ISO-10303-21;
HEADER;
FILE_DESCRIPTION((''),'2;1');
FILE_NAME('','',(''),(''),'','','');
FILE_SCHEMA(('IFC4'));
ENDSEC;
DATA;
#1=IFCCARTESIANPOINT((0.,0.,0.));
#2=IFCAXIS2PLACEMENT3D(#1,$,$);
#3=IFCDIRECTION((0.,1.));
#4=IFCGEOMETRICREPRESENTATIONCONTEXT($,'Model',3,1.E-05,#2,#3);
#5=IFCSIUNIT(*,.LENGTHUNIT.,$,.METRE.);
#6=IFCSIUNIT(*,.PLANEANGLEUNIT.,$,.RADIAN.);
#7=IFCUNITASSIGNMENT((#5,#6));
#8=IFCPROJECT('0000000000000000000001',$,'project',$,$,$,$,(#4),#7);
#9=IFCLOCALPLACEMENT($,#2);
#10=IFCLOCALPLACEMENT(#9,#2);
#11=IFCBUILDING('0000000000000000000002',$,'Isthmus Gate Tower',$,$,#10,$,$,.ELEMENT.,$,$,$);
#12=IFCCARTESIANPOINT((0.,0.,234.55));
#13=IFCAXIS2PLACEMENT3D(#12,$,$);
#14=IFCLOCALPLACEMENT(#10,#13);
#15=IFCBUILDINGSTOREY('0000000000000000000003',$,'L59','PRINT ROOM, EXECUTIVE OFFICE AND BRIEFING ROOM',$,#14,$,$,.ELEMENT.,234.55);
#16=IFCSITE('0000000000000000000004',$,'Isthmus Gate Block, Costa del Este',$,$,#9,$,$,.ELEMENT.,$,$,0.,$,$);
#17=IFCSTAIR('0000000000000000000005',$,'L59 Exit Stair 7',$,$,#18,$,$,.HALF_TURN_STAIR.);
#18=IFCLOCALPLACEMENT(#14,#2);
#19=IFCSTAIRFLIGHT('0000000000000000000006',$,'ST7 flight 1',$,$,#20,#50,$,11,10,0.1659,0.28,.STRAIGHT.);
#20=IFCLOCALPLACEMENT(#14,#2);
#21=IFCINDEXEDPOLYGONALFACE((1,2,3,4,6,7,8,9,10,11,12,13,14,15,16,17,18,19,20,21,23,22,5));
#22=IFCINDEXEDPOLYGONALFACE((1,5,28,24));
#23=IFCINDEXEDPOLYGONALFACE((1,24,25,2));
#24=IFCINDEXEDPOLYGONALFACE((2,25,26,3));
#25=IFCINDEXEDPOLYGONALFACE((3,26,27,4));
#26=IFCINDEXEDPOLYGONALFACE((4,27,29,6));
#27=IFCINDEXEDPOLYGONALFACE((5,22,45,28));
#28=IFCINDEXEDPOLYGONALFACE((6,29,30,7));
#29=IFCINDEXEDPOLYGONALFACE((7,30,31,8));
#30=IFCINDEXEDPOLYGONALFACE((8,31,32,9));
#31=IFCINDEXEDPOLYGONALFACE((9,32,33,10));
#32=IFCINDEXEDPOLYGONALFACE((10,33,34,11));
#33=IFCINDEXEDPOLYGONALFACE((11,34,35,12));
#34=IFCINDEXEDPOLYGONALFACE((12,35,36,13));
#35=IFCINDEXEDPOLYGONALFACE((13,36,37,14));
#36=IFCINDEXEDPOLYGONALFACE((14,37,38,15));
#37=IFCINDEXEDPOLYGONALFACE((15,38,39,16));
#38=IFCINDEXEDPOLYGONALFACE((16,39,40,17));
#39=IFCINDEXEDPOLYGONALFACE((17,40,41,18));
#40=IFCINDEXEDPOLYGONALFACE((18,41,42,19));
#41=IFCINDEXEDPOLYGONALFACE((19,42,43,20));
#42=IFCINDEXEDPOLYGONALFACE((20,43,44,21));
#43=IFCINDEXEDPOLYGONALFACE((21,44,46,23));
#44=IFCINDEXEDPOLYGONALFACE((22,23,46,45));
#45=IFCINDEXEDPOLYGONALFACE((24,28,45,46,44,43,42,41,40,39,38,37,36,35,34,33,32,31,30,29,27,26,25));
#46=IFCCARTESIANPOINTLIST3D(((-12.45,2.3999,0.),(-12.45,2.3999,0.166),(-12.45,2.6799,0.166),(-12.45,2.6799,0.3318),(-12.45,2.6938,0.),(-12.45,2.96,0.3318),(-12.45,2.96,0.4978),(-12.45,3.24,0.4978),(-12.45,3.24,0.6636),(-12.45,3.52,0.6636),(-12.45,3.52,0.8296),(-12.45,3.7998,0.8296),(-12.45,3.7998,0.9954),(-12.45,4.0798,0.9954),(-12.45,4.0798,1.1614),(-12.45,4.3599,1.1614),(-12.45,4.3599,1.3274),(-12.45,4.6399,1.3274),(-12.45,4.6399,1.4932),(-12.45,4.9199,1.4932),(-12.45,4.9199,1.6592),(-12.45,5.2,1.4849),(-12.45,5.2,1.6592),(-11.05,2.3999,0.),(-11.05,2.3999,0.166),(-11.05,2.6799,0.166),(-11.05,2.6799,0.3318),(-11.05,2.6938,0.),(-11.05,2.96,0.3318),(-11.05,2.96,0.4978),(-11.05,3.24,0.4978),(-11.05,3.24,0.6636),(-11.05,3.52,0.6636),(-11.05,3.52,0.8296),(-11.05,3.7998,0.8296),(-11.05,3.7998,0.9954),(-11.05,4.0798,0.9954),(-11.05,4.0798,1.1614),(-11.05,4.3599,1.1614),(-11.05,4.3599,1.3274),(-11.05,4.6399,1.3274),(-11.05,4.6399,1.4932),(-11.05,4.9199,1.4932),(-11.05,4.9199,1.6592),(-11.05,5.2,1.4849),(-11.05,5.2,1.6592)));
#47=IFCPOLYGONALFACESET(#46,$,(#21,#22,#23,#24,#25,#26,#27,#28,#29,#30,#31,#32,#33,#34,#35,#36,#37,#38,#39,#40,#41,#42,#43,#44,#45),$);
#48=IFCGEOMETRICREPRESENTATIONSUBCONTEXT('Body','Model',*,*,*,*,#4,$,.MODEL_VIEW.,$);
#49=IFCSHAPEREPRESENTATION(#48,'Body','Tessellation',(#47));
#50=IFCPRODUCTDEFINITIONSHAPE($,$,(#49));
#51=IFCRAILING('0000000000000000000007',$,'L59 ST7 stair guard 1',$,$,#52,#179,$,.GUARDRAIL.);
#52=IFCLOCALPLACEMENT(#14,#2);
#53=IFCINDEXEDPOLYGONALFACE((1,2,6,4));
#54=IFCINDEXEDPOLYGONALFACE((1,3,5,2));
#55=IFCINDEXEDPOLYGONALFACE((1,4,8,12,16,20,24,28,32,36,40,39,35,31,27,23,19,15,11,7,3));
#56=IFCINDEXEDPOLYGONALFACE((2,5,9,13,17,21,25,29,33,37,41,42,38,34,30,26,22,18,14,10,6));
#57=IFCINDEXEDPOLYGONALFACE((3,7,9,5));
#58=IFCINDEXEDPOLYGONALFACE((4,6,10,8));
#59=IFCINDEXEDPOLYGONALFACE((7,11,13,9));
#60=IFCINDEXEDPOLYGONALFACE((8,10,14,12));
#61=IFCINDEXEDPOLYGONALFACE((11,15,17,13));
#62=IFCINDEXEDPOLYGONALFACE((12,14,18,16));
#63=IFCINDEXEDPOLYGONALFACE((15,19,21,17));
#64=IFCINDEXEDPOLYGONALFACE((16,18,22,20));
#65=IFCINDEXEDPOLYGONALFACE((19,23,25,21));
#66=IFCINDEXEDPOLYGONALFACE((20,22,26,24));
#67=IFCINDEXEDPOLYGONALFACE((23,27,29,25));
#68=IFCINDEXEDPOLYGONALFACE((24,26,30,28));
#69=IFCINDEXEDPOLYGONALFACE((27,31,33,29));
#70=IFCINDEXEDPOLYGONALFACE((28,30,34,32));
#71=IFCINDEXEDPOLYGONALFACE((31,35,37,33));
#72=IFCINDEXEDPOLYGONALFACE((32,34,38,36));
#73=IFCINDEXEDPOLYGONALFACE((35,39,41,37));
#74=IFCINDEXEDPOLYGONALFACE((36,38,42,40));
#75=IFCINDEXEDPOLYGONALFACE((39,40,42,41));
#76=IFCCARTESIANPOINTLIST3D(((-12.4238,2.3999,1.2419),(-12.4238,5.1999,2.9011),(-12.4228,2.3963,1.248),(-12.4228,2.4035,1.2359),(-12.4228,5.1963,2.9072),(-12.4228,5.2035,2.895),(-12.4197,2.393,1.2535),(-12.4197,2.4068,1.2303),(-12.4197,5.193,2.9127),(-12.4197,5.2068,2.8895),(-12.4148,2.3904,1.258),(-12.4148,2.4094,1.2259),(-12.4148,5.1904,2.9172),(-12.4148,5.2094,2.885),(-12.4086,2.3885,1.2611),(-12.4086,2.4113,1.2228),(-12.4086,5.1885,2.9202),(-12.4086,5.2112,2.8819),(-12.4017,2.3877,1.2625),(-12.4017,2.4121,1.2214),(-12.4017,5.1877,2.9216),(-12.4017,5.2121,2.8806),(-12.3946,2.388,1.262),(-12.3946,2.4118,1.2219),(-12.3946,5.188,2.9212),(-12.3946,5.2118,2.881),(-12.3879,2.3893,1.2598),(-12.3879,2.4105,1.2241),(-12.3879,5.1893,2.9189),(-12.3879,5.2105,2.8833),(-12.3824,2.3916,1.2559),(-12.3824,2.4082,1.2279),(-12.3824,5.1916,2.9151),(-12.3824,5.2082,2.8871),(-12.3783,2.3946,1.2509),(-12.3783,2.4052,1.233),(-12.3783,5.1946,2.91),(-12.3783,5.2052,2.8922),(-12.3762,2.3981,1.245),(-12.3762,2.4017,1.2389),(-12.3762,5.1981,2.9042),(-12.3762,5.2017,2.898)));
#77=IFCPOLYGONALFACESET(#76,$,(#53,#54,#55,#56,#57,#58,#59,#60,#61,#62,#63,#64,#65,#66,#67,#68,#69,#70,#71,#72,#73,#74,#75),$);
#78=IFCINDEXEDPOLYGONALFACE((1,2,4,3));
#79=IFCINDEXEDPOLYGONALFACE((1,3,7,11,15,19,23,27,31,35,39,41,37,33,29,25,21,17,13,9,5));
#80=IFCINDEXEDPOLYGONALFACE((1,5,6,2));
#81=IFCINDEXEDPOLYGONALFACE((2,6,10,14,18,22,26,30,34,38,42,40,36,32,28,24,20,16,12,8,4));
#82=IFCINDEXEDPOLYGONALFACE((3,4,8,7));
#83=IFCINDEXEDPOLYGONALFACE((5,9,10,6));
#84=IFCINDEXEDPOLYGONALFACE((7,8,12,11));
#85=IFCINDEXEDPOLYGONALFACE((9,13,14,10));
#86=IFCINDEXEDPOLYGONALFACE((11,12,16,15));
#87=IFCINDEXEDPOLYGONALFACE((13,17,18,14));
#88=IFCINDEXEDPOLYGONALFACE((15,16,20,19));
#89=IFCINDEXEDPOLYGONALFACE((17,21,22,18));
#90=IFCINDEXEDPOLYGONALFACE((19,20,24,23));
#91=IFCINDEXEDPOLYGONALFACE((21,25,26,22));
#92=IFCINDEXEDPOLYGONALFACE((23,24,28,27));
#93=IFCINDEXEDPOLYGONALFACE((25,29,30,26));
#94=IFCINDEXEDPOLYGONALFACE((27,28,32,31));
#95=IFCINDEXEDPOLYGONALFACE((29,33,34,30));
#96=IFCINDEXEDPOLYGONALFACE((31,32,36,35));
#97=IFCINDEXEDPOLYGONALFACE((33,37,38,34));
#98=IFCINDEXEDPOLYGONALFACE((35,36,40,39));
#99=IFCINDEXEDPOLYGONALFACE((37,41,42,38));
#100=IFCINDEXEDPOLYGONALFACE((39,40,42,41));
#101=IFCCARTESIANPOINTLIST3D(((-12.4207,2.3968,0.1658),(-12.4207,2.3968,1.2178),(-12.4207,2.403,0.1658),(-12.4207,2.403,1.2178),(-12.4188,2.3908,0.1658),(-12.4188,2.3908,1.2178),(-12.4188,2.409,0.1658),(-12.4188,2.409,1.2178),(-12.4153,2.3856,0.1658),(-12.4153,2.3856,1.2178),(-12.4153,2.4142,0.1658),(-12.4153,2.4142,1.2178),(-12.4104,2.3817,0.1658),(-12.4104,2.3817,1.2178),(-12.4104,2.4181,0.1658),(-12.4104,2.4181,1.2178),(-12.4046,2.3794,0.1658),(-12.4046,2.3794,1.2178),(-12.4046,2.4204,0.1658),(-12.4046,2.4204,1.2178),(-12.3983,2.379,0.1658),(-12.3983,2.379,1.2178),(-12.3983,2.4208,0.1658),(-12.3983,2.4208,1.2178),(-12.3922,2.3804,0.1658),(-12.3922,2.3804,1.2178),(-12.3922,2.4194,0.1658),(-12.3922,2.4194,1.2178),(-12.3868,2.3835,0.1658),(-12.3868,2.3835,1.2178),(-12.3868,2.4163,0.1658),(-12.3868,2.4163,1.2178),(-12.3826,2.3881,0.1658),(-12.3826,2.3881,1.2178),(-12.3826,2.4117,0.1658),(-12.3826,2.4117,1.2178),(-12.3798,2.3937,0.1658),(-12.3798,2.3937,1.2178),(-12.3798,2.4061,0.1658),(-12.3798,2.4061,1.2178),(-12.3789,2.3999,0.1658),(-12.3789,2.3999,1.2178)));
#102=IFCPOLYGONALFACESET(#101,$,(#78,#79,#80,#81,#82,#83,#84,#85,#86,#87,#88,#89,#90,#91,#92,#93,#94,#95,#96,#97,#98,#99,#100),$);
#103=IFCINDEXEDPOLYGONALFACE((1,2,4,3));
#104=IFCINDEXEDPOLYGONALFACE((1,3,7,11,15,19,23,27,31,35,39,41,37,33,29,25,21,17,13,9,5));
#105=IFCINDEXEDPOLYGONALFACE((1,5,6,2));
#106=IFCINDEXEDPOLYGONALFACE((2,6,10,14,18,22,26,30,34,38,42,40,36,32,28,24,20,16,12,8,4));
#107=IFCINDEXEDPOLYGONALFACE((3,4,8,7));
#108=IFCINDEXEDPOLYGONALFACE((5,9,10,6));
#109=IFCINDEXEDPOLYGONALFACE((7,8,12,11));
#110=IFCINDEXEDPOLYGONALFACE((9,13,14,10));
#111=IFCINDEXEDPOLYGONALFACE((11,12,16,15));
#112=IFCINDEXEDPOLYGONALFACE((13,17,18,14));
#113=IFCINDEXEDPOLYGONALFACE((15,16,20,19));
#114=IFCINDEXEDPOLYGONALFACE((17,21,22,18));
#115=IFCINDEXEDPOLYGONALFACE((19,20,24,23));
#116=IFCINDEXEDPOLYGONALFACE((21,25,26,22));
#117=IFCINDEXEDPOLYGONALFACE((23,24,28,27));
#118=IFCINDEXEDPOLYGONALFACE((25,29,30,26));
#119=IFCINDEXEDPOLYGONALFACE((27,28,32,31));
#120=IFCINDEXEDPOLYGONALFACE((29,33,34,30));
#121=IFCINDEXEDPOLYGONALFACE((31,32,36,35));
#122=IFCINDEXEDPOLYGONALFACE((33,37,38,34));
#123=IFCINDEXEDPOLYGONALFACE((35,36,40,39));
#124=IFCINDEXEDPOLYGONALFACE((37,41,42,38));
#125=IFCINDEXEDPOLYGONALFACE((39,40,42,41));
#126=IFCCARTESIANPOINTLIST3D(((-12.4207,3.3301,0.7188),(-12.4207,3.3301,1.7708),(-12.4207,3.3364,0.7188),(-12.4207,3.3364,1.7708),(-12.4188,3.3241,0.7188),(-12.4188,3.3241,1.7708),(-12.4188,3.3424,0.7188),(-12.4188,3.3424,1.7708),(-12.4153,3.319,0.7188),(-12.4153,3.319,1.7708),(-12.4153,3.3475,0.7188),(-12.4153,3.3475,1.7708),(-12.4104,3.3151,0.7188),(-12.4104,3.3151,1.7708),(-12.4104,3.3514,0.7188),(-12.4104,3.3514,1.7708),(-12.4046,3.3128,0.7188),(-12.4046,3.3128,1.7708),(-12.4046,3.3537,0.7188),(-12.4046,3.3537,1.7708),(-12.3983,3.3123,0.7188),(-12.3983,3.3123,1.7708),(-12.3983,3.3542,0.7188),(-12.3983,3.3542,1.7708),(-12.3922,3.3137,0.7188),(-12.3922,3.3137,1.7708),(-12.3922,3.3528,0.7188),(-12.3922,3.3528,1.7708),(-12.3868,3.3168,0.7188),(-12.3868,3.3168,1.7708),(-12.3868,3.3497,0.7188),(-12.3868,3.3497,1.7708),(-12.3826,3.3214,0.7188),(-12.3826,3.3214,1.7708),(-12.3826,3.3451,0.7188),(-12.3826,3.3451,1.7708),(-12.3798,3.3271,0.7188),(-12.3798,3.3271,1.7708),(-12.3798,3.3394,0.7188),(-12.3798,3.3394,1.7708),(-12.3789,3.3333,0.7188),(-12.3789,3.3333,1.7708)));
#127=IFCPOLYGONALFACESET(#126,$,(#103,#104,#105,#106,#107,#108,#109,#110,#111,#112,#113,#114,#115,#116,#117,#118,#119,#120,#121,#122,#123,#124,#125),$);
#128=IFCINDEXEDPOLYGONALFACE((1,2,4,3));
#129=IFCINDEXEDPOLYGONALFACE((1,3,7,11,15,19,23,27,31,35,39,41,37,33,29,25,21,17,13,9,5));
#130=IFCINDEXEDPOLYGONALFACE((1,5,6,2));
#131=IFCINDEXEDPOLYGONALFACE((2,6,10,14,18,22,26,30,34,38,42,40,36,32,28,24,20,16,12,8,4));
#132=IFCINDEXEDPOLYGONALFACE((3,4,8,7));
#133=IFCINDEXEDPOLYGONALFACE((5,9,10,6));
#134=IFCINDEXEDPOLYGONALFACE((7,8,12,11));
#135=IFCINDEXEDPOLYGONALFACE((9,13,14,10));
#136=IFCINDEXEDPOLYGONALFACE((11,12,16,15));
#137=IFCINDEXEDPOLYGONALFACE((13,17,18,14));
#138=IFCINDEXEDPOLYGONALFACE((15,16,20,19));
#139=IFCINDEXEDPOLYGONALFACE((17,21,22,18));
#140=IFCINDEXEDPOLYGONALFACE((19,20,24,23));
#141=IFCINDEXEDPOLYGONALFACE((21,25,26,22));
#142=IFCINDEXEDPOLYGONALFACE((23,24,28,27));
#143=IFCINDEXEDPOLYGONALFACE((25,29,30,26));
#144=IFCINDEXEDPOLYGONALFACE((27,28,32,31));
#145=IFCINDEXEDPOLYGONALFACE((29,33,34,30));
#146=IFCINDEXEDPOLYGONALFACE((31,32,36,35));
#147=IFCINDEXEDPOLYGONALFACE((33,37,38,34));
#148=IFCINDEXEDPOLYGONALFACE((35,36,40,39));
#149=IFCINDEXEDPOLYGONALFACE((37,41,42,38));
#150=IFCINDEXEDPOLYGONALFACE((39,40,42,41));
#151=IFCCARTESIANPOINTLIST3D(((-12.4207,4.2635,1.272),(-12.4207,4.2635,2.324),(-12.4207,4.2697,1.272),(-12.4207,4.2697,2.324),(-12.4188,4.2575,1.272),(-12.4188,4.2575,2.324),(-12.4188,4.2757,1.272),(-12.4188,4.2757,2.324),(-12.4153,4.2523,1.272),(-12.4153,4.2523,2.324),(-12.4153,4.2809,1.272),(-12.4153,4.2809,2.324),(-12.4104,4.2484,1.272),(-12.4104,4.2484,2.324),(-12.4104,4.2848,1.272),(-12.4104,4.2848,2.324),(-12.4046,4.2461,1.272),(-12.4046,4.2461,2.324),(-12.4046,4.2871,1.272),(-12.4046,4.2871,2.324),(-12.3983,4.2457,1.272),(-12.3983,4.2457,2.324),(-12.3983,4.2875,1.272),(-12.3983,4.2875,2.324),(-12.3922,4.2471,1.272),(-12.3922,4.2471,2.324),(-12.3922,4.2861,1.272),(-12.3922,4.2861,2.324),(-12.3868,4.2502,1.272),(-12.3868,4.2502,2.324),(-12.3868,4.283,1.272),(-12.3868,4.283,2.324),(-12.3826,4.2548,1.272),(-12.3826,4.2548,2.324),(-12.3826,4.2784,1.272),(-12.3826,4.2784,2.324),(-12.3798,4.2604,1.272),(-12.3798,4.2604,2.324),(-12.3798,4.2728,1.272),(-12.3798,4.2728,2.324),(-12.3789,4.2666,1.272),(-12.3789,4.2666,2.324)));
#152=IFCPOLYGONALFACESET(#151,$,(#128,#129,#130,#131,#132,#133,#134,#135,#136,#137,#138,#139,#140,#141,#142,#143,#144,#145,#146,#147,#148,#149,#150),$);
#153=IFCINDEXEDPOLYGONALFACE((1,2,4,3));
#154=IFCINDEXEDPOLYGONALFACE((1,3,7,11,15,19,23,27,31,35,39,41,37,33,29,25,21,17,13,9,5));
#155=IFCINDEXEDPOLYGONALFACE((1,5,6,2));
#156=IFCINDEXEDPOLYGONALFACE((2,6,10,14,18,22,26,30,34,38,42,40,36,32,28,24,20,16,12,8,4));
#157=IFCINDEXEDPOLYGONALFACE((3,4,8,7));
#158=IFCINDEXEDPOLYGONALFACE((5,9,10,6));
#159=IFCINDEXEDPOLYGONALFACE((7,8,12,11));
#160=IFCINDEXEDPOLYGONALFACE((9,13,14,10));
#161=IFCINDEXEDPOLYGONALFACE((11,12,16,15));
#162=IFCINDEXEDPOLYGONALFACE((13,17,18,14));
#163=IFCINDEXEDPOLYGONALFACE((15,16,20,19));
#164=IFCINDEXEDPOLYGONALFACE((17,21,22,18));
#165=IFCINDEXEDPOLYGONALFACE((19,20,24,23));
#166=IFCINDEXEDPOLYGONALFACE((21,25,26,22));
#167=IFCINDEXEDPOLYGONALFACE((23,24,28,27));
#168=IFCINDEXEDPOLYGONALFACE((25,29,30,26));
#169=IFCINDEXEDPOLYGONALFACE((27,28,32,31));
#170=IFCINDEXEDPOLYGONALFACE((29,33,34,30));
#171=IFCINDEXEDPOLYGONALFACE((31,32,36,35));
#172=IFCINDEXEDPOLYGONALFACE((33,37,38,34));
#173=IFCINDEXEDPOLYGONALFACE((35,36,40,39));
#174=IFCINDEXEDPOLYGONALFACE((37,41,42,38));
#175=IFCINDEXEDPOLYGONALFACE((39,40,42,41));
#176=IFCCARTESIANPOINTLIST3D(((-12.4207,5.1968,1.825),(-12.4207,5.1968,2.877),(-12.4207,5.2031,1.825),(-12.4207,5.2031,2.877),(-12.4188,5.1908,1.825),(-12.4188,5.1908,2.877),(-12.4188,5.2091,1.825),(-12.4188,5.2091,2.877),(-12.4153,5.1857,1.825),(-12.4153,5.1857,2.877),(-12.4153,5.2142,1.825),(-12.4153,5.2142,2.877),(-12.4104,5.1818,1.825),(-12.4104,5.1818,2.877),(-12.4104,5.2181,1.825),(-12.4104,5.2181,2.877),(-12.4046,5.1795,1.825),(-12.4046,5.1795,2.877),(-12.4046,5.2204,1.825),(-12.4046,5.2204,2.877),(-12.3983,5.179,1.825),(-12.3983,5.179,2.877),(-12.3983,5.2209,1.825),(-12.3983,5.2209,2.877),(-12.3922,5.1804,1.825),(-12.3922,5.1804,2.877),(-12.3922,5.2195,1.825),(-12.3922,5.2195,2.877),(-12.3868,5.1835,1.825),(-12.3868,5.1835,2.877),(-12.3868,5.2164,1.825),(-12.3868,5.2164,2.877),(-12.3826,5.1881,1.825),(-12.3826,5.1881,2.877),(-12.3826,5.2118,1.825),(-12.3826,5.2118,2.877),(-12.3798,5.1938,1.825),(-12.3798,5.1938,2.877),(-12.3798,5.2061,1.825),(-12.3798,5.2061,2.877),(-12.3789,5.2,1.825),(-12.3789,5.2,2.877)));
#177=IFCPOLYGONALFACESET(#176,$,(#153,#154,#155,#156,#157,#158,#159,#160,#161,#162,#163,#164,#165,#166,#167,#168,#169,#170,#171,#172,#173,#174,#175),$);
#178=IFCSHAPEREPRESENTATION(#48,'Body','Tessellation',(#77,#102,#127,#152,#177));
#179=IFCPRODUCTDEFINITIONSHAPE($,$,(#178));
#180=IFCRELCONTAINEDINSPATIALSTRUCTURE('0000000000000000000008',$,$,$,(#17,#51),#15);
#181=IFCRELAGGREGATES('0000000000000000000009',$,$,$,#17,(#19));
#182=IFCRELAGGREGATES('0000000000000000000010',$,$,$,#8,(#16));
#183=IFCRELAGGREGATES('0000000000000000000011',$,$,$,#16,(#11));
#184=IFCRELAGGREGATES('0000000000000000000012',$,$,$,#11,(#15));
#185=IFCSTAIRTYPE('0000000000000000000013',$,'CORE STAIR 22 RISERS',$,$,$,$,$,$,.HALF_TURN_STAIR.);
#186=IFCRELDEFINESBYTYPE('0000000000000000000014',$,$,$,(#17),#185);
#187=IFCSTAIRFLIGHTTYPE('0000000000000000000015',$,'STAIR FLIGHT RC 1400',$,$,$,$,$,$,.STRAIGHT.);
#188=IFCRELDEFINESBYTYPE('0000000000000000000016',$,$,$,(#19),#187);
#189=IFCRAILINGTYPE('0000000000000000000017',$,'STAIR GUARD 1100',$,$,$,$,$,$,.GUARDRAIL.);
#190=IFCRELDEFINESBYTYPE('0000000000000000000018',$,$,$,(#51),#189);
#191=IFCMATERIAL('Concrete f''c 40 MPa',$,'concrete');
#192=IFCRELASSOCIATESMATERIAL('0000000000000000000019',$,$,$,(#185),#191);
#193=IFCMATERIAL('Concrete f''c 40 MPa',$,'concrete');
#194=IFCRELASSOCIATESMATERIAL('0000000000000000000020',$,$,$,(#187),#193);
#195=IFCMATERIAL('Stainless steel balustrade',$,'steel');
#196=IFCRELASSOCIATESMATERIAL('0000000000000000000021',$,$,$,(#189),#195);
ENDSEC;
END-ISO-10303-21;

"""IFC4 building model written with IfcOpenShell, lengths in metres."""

from ifc_helpers import new_model, si_unit, direction, frame, origin, origin_2d, place, context, subcontext, project, spatial, polyline, circle, outline, extrude, material, type_object, element, aggregate, save


model = new_model("IFC4")

# Units and contexts
model_context = context("Model", 3, precision=1e-05, world=origin(), true_north=direction((0.0, 1.0)))
body_context = subcontext(model_context, "Body", "Model", "MODEL_VIEW")
ifc_project = project(units=[si_unit("LENGTHUNIT", "METRE"), si_unit("PLANEANGLEUNIT", "RADIAN")], contexts=[model_context])

# Site, building, storey
site_placement = place(None, origin())
site = spatial("IfcSite", under=ifc_project, at=site_placement, Name="Isthmus Gate Block, Costa del Este", CompositionType="ELEMENT", RefElevation=0.0)
building_placement = place(site_placement, origin())
building = spatial("IfcBuilding", under=site, at=building_placement, Name="Isthmus Gate Tower", CompositionType="ELEMENT")
storey_placement = place(building_placement, frame((0.0, 0.0, 234.55)))
storey = spatial("IfcBuildingStorey", under=building, at=storey_placement, Name="L59", Description="PRINT ROOM, EXECUTIVE OFFICE AND BRIEFING ROOM", CompositionType="ELEMENT", Elevation=234.55)

# Stair, stair flight
ifc_material_1 = material(Name="Concrete f'c 40 MPa", Category="concrete")
stair_type = type_object("IfcStairType", Name="CORE STAIR 22 RISERS", PredefinedType="HALF_TURN_STAIR", material=ifc_material_1)
stair_placement = place(storey_placement, origin())
stair = element("IfcStair", 1, at=stair_placement, inside=storey, type_object=stair_type, Name="L59 Exit Stair 7", PredefinedType="HALF_TURN_STAIR")
ifc_material_2 = material(Name="Concrete f'c 40 MPa", Category="concrete")
stair_flight_type = type_object("IfcStairFlightType", Name="STAIR FLIGHT RC 1400", PredefinedType="STRAIGHT", material=ifc_material_2)
stair_flight_placement = place(storey_placement, frame((-11.75, 2.3999, 0.0), z_axis=(0.0, 0.0, 1.0), x_axis=(0.0, 1.0, 0.0)))
stair_flight = element("IfcStairFlight", 2, at=stair_flight_placement, type_object=stair_flight_type, Name="ST7 flight 1", NumberOfRisers=11, NumberOfTreads=10, PredefinedType="STRAIGHT", RiserHeight=0.1659, TreadLength=0.28, context=body_context, shape_type="SweptSolid", body=[
    extrude(outline(polyline([(0.0, 0.0), (0.0, 0.166), (0.28, 0.166), (0.28, 0.3318), (0.5601, 0.3318), (0.5601, 0.4978), (0.8401, 0.4978), (0.8401, 0.6636), (1.1201, 0.6636), (1.1201, 0.8296), (1.3999, 0.8296), (1.3999, 0.9954), (1.6799, 0.9954), (1.6799, 1.1614), (1.96, 1.1614), (1.96, 1.3274), (2.24, 1.3274), (2.24, 1.4932), (2.52, 1.4932), (2.52, 1.6592), (2.8, 1.6592), (2.8, 1.825), (2.8, 1.4849), (0.2939, 0.0), (0.0, 0.0)])), frame((0.0, 0.7, 0.0), z_axis=(0.0, -1.0, 0.0), x_axis=(1.0, 0.0, 0.0)), (0.0, 0.0, 1.0), 1.3999),
])
aggregate(stair, [stair_flight])

# Railing
ifc_material_3 = material(Name="Stainless steel balustrade", Category="steel")
railing_type_1 = type_object("IfcRailingType", Name="STAIR GUARD 1100", PredefinedType="GUARDRAIL", material=ifc_material_3)
railing_1_placement = place(storey_placement, frame((-12.3999, 2.3999, 0.1658)))
element("IfcRailing", 3, at=railing_1_placement, inside=storey, type_object=railing_type_1, Name="L59 ST7 stair guard 1", PredefinedType="GUARDRAIL", context=body_context, shape_type="SweptSolid", body=[
    extrude(circle(Radius=0.0239, at=origin_2d()), frame((0.0, 0.0, 1.0762), z_axis=(0.0, 0.860306, 0.509778), x_axis=(-1.0, 0.0, 0.0)), (0.0, 0.0, 1.0), 3.2546),
    extrude(circle(Radius=0.021, at=origin_2d()), origin(), (0.0, 0.0, 1.0), 1.052),
    extrude(circle(Radius=0.021, at=origin_2d()), frame((0.0, 0.9333, 0.553)), (0.0, 0.0, 1.0), 1.052),
    extrude(circle(Radius=0.021, at=origin_2d()), frame((0.0, 1.8667, 1.1062)), (0.0, 0.0, 1.0), 1.052),
    extrude(circle(Radius=0.021, at=origin_2d()), frame((0.0, 2.8, 1.6592)), (0.0, 0.0, 1.0), 1.052),
])

save(model, "model.ifc")
